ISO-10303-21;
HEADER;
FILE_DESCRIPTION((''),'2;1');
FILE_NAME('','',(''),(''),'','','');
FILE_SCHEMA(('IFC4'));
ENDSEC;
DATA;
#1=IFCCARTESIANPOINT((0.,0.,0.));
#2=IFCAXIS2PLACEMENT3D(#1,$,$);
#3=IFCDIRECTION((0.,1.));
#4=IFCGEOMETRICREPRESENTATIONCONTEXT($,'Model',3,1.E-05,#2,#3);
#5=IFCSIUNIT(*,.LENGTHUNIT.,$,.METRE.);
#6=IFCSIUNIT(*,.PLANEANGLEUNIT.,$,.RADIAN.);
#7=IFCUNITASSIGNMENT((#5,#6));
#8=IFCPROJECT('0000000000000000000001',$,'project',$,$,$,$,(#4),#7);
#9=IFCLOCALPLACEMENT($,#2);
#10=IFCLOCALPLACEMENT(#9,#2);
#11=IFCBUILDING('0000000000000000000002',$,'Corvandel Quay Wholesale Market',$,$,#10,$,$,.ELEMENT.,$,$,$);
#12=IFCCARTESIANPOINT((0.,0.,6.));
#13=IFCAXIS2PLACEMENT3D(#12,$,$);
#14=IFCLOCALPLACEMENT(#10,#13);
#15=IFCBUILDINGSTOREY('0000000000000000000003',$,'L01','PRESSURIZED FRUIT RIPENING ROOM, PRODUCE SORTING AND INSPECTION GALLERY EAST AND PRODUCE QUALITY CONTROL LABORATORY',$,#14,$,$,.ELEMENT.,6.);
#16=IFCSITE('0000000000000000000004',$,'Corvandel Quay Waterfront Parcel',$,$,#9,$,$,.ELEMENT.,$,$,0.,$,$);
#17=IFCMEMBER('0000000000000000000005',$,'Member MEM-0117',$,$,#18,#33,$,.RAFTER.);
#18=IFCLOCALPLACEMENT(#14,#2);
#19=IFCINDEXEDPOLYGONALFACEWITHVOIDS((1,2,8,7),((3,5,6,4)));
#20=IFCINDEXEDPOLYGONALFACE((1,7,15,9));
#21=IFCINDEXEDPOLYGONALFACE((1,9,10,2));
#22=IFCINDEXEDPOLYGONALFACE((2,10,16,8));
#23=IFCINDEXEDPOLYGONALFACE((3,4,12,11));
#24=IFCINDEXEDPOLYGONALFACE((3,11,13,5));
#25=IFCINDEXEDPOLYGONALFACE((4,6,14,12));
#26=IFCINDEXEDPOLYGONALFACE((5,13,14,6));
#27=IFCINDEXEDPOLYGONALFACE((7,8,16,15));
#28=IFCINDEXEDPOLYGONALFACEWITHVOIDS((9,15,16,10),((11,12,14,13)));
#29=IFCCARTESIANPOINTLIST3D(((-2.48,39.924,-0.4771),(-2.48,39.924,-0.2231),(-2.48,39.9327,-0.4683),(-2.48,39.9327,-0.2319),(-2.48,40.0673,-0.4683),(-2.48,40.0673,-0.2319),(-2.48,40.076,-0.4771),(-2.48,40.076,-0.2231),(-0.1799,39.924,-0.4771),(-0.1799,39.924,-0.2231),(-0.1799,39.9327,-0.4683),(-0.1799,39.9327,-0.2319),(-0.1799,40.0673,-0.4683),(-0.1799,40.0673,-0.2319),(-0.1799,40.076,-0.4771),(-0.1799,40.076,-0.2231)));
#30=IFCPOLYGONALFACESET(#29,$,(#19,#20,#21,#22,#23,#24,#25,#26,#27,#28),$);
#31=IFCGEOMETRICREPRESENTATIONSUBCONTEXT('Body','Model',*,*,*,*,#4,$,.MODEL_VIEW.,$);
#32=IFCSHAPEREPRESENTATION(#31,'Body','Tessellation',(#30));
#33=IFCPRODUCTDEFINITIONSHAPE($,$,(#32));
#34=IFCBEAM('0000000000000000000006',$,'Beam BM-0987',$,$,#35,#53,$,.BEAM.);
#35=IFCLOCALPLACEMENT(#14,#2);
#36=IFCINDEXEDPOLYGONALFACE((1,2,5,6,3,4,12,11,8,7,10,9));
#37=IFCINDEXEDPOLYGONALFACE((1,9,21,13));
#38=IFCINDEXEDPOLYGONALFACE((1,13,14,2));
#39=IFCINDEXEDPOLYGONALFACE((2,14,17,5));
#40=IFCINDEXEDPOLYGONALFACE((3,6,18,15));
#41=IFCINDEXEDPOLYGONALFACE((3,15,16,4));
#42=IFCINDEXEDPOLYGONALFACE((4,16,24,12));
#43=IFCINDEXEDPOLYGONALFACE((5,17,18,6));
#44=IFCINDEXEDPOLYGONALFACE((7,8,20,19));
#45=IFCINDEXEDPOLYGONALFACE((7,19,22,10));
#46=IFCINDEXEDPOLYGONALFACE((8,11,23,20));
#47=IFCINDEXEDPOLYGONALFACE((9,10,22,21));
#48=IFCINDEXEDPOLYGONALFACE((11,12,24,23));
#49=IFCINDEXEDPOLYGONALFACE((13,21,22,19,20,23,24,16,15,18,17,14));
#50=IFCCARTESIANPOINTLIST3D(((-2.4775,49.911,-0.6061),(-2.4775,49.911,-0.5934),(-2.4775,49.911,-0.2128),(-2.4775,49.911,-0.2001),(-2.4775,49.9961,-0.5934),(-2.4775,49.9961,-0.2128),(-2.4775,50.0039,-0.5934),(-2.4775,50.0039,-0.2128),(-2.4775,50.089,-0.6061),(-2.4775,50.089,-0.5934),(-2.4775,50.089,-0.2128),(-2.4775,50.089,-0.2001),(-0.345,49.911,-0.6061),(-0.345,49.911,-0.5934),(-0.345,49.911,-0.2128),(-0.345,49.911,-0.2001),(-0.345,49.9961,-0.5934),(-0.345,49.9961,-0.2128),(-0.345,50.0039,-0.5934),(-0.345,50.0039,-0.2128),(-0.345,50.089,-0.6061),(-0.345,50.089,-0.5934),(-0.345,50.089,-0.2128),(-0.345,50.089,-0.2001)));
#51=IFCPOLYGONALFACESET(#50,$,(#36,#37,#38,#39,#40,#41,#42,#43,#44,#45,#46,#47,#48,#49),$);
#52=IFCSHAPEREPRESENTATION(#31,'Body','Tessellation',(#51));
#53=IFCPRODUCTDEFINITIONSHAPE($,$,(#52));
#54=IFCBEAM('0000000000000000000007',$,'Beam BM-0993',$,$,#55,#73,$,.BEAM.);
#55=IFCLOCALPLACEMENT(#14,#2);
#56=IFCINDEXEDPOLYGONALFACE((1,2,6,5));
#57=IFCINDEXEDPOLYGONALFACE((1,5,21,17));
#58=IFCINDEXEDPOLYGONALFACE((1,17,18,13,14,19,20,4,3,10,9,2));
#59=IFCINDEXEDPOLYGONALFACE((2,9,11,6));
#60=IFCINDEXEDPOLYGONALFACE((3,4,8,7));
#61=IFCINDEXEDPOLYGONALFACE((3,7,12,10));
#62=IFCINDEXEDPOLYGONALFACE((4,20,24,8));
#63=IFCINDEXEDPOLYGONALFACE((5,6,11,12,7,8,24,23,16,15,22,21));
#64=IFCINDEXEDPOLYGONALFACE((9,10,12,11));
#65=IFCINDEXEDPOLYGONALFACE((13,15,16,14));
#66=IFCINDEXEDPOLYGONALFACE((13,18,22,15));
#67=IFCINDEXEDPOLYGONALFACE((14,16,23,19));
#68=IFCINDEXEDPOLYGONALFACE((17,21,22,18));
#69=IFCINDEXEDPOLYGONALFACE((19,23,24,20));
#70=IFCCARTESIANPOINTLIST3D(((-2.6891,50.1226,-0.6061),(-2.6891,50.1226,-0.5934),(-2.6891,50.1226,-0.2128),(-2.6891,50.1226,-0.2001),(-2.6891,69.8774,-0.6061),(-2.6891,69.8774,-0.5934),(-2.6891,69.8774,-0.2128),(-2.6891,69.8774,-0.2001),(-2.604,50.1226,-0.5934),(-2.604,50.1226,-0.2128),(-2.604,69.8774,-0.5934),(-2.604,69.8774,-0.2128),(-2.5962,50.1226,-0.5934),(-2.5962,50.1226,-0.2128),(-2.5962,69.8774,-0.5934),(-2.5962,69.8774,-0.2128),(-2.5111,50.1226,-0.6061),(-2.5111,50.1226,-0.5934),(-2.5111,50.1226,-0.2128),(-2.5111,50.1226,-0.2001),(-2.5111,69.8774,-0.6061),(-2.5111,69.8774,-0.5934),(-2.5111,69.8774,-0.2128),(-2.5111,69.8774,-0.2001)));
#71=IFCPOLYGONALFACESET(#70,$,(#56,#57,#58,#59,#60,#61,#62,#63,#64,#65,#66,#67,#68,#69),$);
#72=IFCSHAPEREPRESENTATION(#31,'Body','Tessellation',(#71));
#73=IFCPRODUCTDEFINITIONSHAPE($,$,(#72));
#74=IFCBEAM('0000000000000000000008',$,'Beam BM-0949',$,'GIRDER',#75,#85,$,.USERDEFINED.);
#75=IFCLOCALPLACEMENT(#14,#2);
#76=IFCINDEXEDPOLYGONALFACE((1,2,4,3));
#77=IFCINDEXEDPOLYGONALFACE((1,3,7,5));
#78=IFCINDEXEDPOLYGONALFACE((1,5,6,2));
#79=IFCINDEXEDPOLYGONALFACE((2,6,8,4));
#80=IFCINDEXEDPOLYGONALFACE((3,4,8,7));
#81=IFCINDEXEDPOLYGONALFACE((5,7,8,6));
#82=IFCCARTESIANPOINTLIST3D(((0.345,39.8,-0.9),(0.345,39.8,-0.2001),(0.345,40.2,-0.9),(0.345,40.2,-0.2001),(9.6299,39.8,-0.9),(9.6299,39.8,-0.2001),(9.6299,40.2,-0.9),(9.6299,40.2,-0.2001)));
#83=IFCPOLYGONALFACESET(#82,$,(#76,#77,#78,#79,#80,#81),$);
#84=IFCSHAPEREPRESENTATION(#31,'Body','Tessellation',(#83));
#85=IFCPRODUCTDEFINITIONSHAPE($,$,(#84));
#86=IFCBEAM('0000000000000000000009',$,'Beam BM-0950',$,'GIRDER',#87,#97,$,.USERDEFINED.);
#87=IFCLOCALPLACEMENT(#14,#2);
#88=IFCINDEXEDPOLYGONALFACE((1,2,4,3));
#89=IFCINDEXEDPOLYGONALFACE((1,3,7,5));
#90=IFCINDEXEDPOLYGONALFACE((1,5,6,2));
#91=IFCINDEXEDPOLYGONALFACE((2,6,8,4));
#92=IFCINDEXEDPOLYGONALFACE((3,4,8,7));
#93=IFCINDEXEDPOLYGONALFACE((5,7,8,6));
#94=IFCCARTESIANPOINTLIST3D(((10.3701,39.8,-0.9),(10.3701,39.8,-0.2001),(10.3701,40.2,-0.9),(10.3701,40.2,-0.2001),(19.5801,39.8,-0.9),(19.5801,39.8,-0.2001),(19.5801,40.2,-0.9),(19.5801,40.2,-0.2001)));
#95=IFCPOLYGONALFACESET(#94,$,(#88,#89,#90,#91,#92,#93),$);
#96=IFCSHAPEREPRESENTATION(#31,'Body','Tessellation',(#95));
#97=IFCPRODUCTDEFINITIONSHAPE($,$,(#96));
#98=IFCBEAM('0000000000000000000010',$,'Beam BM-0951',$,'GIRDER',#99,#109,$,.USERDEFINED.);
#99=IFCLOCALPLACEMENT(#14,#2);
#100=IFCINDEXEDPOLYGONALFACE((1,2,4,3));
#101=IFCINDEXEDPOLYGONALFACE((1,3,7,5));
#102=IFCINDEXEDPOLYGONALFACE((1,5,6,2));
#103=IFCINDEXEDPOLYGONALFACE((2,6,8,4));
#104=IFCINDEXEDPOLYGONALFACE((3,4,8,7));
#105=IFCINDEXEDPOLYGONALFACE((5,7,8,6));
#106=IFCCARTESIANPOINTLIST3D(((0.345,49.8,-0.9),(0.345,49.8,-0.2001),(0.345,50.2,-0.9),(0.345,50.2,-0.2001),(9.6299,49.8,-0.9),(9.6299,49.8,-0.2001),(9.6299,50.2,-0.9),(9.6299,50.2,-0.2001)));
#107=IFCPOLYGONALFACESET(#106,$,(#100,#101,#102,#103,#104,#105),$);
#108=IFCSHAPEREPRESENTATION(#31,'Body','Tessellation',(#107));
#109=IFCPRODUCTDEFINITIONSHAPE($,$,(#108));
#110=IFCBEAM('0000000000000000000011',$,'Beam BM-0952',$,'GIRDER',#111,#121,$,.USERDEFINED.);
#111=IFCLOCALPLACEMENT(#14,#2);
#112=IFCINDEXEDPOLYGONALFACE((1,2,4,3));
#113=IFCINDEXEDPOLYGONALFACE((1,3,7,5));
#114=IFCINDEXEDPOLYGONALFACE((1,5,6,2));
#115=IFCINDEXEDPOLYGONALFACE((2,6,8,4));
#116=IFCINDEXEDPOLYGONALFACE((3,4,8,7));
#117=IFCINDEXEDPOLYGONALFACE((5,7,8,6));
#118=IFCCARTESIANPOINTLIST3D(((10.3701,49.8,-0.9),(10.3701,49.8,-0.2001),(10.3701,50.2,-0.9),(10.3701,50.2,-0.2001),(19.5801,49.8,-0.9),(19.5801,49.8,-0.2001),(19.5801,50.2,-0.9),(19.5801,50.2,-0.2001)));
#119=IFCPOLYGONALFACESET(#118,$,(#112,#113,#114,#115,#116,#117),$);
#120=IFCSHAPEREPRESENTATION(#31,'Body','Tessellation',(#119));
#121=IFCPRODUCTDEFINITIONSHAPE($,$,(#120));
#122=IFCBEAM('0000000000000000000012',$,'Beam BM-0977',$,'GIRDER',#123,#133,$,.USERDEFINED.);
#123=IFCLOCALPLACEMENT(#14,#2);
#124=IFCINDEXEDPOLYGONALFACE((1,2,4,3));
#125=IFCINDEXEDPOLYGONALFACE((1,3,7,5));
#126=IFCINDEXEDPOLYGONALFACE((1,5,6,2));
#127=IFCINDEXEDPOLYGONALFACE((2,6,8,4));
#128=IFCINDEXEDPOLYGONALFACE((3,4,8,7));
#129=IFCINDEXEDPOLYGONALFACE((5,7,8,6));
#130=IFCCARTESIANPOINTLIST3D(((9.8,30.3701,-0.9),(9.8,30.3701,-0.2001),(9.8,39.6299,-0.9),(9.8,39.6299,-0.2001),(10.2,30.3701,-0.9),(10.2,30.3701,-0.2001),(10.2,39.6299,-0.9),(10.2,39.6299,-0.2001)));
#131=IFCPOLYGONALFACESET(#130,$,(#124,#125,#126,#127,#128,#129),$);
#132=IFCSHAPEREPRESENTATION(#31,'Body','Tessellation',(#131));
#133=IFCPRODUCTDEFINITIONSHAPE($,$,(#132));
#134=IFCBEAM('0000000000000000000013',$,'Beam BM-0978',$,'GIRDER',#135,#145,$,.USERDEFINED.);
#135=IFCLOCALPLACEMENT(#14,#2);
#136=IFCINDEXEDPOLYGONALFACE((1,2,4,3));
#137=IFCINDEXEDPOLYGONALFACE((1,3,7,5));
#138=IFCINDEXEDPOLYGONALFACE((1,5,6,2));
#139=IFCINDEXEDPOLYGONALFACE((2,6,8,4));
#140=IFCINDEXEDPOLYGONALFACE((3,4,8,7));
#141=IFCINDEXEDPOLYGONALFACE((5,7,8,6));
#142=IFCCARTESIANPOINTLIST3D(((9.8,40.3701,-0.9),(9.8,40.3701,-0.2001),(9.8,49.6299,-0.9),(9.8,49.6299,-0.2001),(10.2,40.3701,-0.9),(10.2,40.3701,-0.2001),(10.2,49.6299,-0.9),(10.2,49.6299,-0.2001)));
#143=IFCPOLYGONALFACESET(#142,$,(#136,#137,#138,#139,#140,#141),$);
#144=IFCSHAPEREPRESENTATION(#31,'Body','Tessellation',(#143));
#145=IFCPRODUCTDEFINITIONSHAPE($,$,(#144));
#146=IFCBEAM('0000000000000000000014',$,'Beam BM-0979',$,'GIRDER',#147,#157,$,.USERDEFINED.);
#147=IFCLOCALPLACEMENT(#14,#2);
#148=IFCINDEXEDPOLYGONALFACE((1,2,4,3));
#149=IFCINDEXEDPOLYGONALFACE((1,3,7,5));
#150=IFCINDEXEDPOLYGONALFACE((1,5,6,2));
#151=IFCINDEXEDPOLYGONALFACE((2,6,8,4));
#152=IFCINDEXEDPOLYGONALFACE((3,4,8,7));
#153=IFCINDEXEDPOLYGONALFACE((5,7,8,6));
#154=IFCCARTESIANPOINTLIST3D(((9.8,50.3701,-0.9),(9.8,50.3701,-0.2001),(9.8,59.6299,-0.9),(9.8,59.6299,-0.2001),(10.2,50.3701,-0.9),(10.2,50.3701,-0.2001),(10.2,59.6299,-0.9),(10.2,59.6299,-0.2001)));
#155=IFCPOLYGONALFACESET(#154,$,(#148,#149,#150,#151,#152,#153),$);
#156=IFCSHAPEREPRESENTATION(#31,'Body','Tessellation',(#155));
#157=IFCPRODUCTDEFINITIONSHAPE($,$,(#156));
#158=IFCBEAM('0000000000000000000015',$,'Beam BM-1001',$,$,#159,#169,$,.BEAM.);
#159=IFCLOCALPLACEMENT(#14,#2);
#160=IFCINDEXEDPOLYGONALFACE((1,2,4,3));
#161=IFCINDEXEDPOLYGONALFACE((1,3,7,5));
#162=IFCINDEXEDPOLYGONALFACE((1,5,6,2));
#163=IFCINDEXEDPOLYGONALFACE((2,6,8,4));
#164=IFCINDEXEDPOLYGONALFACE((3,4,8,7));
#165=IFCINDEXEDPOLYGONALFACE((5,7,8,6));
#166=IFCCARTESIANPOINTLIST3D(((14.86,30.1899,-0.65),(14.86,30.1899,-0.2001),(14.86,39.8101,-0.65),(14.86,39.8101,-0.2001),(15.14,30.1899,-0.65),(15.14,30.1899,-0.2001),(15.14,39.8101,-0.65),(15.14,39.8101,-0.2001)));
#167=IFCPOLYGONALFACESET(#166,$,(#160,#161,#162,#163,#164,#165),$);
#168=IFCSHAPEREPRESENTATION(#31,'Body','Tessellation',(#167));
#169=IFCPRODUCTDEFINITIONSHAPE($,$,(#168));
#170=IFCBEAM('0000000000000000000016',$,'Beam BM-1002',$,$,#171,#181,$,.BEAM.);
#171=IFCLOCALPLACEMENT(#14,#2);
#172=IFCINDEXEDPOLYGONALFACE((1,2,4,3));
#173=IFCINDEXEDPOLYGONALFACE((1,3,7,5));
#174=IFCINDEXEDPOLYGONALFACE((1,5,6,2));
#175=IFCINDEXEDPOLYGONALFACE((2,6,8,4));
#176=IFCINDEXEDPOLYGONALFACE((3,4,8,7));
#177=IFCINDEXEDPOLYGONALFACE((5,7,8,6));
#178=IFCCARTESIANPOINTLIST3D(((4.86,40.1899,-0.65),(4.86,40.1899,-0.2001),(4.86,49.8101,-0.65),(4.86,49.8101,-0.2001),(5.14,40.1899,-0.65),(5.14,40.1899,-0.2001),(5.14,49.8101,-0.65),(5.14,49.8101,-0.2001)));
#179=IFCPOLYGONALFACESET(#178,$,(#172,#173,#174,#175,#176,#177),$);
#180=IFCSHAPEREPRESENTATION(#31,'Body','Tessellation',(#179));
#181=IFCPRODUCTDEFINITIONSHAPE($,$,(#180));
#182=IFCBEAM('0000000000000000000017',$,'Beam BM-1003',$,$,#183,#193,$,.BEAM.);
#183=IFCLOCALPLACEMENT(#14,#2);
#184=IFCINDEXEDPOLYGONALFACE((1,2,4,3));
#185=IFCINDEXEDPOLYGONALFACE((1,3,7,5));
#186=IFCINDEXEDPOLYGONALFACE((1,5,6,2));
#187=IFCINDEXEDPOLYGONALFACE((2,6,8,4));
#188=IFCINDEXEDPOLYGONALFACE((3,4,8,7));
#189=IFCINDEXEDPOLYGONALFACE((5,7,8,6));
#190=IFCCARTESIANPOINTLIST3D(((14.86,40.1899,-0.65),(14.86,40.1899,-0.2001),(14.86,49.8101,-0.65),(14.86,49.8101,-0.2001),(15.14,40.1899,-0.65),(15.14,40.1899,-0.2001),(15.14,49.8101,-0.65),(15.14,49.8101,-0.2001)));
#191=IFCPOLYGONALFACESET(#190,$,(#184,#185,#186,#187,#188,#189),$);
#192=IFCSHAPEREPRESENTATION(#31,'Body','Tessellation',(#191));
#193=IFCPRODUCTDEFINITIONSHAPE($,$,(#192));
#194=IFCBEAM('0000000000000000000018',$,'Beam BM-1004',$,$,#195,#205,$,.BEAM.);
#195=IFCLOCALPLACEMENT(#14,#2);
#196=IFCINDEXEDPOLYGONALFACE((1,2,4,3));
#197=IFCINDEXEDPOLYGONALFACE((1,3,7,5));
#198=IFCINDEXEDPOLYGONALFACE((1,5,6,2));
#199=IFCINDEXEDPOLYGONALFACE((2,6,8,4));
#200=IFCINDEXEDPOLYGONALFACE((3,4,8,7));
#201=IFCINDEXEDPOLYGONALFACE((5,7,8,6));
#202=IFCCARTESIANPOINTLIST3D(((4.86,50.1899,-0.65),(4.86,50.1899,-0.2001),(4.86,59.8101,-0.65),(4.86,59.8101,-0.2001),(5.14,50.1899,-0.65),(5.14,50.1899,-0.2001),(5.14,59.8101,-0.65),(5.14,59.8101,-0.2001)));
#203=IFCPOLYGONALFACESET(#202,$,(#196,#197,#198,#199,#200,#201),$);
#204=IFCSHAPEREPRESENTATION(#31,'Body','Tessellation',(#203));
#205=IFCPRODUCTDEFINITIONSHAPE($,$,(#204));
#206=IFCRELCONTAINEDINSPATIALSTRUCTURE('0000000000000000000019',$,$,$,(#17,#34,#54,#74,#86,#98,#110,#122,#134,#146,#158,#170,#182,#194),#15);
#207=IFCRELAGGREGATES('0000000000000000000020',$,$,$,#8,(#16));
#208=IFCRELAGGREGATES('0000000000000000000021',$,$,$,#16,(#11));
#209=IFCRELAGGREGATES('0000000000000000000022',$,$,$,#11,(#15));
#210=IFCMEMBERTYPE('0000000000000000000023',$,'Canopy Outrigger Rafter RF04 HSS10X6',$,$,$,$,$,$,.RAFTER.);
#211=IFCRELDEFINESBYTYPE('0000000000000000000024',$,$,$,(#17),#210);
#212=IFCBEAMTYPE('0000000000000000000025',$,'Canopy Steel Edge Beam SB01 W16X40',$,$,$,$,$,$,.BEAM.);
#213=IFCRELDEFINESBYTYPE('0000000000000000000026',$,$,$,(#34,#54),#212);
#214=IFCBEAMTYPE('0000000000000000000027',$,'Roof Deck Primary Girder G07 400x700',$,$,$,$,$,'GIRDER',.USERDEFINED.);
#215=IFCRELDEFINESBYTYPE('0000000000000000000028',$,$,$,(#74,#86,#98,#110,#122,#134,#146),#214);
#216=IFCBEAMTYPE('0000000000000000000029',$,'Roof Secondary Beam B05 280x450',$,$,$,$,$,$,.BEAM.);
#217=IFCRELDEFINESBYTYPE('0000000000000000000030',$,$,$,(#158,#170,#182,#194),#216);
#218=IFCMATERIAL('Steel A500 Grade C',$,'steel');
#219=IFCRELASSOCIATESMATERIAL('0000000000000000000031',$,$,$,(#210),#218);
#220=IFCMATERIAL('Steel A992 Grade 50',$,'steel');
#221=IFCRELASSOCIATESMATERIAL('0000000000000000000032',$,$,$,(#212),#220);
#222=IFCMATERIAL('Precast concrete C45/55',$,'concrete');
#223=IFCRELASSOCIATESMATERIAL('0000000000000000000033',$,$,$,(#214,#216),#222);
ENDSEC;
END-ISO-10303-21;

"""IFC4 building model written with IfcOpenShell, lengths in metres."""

from ifc_helpers import new_model, si_unit, direction, frame, origin, origin_2d, place, context, subcontext, project, spatial, rectangle, hollow_rectangle, i_section, extrude, material, material_profile, profile_set, type_object, element, save


model = new_model("IFC4")

# Units and contexts
model_context = context("Model", 3, precision=1e-05, world=origin(), true_north=direction((0.0, 1.0)))
body_context = subcontext(model_context, "Body", "Model", "MODEL_VIEW")
ifc_project = project(units=[si_unit("LENGTHUNIT", "METRE"), si_unit("PLANEANGLEUNIT", "RADIAN")], contexts=[model_context])

# Site, building, storey
site_placement = place(None, origin())
site = spatial("IfcSite", under=ifc_project, at=site_placement, Name="Corvandel Quay Waterfront Parcel", CompositionType="ELEMENT", RefElevation=0.0)
building_placement = place(site_placement, origin())
building = spatial("IfcBuilding", under=site, at=building_placement, Name="Corvandel Quay Wholesale Market", CompositionType="ELEMENT")
storey_placement = place(building_placement, frame((0.0, 0.0, 6.0)))
storey = spatial("IfcBuildingStorey", under=building, at=storey_placement, Name="L01", Description="PRESSURIZED FRUIT RIPENING ROOM, PRODUCE SORTING AND INSPECTION GALLERY EAST AND PRODUCE QUALITY CONTROL LABORATORY", CompositionType="ELEMENT", Elevation=6.0)

# Member
ifc_material_1 = material(Name="Steel A500 Grade C", Category="steel")
ifc_material_profile_1 = material_profile(ifc_material_1, hollow_rectangle(XDim=0.1521, YDim=0.2539, WallThickness=0.0088, at=origin_2d()), Name="HSS10X6X3/8")
ifc_profile_set_1 = profile_set([ifc_material_profile_1], Name="Steel A500 Grade C")
member_type = type_object("IfcMemberType", Name="Canopy Outrigger Rafter RF04 HSS10X6", PredefinedType="RAFTER", material=ifc_profile_set_1)
member_placement = place(storey_placement, frame((-0.1799, 40.0, -0.3501), z_axis=(-1.0, 0.0, 0.0), x_axis=(0.0, -1.0, 0.0)))
element("IfcMember", 1, at=member_placement, inside=storey, type_object=member_type, Name="Member MEM-0117", PredefinedType="RAFTER", context=body_context, shape_type="SweptSolid", body=[
    extrude(hollow_rectangle(XDim=0.1521, YDim=0.2539, WallThickness=0.0088, at=origin_2d()), origin(), (0.0, 0.0, 1.0), 2.3),
])

# Beams
ifc_material_2 = material(Name="Steel A992 Grade 50", Category="steel")
ifc_material_profile_2 = material_profile(ifc_material_2, i_section(OverallWidth=0.178, OverallDepth=0.406, WebThickness=0.0078, FlangeThickness=0.0127, at=origin_2d()), Name="W16X40")
ifc_profile_set_2 = profile_set([ifc_material_profile_2], Name="Steel A992 Grade 50")
beam_type_1 = type_object("IfcBeamType", Name="Canopy Steel Edge Beam SB01 W16X40", PredefinedType="BEAM", material=ifc_profile_set_2)
beam_1_placement = place(storey_placement, frame((-2.4775, 50.0, -0.4031), z_axis=(1.0, 0.0, 0.0), x_axis=(0.0, 1.0, 0.0)))
element("IfcBeam", 2, at=beam_1_placement, inside=storey, type_object=beam_type_1, Name="Beam BM-0987", PredefinedType="BEAM", context=body_context, shape_type="SweptSolid", body=[
    extrude(i_section(OverallWidth=0.178, OverallDepth=0.406, WebThickness=0.0078, FlangeThickness=0.0127, at=origin_2d()), origin(), (0.0, 0.0, 1.0), 2.1326),
])
beam_2_placement = place(storey_placement, frame((-2.6001, 50.1226, -0.4031), z_axis=(0.0, 1.0, 0.0), x_axis=(-1.0, 0.0, 0.0)))
element("IfcBeam", 3, at=beam_2_placement, inside=storey, type_object=beam_type_1, Name="Beam BM-0993", PredefinedType="BEAM", context=body_context, shape_type="SweptSolid", body=[
    extrude(i_section(OverallWidth=0.178, OverallDepth=0.406, WebThickness=0.0078, FlangeThickness=0.0127, at=origin_2d()), origin(), (0.0, 0.0, 1.0), 19.7549),
])
ifc_material_3 = material(Name="Precast concrete C45/55", Category="concrete")
ifc_material_profile_3 = material_profile(ifc_material_3, rectangle(XDim=0.3999, YDim=0.7, at=origin_2d()), Name="PC-GIR-400x700")
ifc_profile_set_3 = profile_set([ifc_material_profile_3], Name="Precast concrete C45/55")
beam_type_2 = type_object("IfcBeamType", Name="Roof Deck Primary Girder G07 400x700", ElementType="GIRDER", PredefinedType="USERDEFINED", material=ifc_profile_set_3)
beam_3_placement = place(storey_placement, frame((0.345, 40.0, -0.55), z_axis=(1.0, 0.0, 0.0), x_axis=(0.0, 1.0, 0.0)))
element("IfcBeam", 4, at=beam_3_placement, inside=storey, type_object=beam_type_2, Name="Beam BM-0949", ObjectType="GIRDER", PredefinedType="USERDEFINED", context=body_context, shape_type="SweptSolid", body=[
    extrude(rectangle(XDim=0.3999, YDim=0.7, at=origin_2d()), origin(), (0.0, 0.0, 1.0), 9.2849),
])
beam_4_placement = place(storey_placement, frame((10.3701, 40.0, -0.55), z_axis=(1.0, 0.0, 0.0), x_axis=(0.0, 1.0, 0.0)))
element("IfcBeam", 5, at=beam_4_placement, inside=storey, type_object=beam_type_2, Name="Beam BM-0950", ObjectType="GIRDER", PredefinedType="USERDEFINED", context=body_context, shape_type="SweptSolid", body=[
    extrude(rectangle(XDim=0.3999, YDim=0.7, at=origin_2d()), origin(), (0.0, 0.0, 1.0), 9.21),
])
beam_5_placement = place(storey_placement, frame((0.345, 50.0, -0.55), z_axis=(1.0, 0.0, 0.0), x_axis=(0.0, 1.0, 0.0)))
element("IfcBeam", 6, at=beam_5_placement, inside=storey, type_object=beam_type_2, Name="Beam BM-0951", ObjectType="GIRDER", PredefinedType="USERDEFINED", context=body_context, shape_type="SweptSolid", body=[
    extrude(rectangle(XDim=0.3999, YDim=0.7, at=origin_2d()), origin(), (0.0, 0.0, 1.0), 9.2849),
])
beam_6_placement = place(storey_placement, frame((10.3701, 50.0, -0.55), z_axis=(1.0, 0.0, 0.0), x_axis=(0.0, 1.0, 0.0)))
element("IfcBeam", 7, at=beam_6_placement, inside=storey, type_object=beam_type_2, Name="Beam BM-0952", ObjectType="GIRDER", PredefinedType="USERDEFINED", context=body_context, shape_type="SweptSolid", body=[
    extrude(rectangle(XDim=0.3999, YDim=0.7, at=origin_2d()), origin(), (0.0, 0.0, 1.0), 9.21),
])
for number, where, z_axis, x_axis, name in (
    (8, (10.0, 30.3701, -0.55), (0.0, 1.0, 0.0), (-1.0, 0.0, 0.0), "Beam BM-0977"),
    (9, (10.0, 40.3701, -0.55), (0.0, 1.0, 0.0), (-1.0, 0.0, 0.0), "Beam BM-0978"),
    (10, (10.0, 50.3701, -0.55), (0.0, 1.0, 0.0), (-1.0, 0.0, 0.0), "Beam BM-0979"),
):
    element("IfcBeam", number, at=place(storey_placement, frame(where, z_axis=z_axis, x_axis=x_axis)), inside=storey, type_object=beam_type_2, Name=name, ObjectType="GIRDER", PredefinedType="USERDEFINED", context=body_context, shape_type="SweptSolid", body=[
        extrude(rectangle(XDim=0.3999, YDim=0.7, at=origin_2d()), origin(), (0.0, 0.0, 1.0), 9.2598),
    ])
ifc_material_profile_4 = material_profile(ifc_material_3, rectangle(XDim=0.28, YDim=0.45, at=origin_2d()), Name="PC-BM-280x450")
ifc_profile_set_4 = profile_set([ifc_material_profile_4], Name="Precast concrete C45/55")
beam_type_3 = type_object("IfcBeamType", Name="Roof Secondary Beam B05 280x450", PredefinedType="BEAM", material=ifc_profile_set_4)
for number, where, z_axis, x_axis, name in (
    (11, (15.0, 30.1899, -0.425), (0.0, 1.0, 0.0), (-1.0, 0.0, 0.0), "Beam BM-1001"),
    (12, (5.0, 40.1899, -0.425), (0.0, 1.0, 0.0), (-1.0, 0.0, 0.0), "Beam BM-1002"),
    (13, (15.0, 40.1899, -0.425), (0.0, 1.0, 0.0), (-1.0, 0.0, 0.0), "Beam BM-1003"),
    (14, (5.0, 50.1899, -0.425), (0.0, 1.0, 0.0), (-1.0, 0.0, 0.0), "Beam BM-1004"),
):
    element("IfcBeam", number, at=place(storey_placement, frame(where, z_axis=z_axis, x_axis=x_axis)), inside=storey, type_object=beam_type_3, Name=name, PredefinedType="BEAM", context=body_context, shape_type="SweptSolid", body=[
        extrude(rectangle(XDim=0.28, YDim=0.45, at=origin_2d()), origin(), (0.0, 0.0, 1.0), 9.6201),
    ])

save(model, "model.ifc")
